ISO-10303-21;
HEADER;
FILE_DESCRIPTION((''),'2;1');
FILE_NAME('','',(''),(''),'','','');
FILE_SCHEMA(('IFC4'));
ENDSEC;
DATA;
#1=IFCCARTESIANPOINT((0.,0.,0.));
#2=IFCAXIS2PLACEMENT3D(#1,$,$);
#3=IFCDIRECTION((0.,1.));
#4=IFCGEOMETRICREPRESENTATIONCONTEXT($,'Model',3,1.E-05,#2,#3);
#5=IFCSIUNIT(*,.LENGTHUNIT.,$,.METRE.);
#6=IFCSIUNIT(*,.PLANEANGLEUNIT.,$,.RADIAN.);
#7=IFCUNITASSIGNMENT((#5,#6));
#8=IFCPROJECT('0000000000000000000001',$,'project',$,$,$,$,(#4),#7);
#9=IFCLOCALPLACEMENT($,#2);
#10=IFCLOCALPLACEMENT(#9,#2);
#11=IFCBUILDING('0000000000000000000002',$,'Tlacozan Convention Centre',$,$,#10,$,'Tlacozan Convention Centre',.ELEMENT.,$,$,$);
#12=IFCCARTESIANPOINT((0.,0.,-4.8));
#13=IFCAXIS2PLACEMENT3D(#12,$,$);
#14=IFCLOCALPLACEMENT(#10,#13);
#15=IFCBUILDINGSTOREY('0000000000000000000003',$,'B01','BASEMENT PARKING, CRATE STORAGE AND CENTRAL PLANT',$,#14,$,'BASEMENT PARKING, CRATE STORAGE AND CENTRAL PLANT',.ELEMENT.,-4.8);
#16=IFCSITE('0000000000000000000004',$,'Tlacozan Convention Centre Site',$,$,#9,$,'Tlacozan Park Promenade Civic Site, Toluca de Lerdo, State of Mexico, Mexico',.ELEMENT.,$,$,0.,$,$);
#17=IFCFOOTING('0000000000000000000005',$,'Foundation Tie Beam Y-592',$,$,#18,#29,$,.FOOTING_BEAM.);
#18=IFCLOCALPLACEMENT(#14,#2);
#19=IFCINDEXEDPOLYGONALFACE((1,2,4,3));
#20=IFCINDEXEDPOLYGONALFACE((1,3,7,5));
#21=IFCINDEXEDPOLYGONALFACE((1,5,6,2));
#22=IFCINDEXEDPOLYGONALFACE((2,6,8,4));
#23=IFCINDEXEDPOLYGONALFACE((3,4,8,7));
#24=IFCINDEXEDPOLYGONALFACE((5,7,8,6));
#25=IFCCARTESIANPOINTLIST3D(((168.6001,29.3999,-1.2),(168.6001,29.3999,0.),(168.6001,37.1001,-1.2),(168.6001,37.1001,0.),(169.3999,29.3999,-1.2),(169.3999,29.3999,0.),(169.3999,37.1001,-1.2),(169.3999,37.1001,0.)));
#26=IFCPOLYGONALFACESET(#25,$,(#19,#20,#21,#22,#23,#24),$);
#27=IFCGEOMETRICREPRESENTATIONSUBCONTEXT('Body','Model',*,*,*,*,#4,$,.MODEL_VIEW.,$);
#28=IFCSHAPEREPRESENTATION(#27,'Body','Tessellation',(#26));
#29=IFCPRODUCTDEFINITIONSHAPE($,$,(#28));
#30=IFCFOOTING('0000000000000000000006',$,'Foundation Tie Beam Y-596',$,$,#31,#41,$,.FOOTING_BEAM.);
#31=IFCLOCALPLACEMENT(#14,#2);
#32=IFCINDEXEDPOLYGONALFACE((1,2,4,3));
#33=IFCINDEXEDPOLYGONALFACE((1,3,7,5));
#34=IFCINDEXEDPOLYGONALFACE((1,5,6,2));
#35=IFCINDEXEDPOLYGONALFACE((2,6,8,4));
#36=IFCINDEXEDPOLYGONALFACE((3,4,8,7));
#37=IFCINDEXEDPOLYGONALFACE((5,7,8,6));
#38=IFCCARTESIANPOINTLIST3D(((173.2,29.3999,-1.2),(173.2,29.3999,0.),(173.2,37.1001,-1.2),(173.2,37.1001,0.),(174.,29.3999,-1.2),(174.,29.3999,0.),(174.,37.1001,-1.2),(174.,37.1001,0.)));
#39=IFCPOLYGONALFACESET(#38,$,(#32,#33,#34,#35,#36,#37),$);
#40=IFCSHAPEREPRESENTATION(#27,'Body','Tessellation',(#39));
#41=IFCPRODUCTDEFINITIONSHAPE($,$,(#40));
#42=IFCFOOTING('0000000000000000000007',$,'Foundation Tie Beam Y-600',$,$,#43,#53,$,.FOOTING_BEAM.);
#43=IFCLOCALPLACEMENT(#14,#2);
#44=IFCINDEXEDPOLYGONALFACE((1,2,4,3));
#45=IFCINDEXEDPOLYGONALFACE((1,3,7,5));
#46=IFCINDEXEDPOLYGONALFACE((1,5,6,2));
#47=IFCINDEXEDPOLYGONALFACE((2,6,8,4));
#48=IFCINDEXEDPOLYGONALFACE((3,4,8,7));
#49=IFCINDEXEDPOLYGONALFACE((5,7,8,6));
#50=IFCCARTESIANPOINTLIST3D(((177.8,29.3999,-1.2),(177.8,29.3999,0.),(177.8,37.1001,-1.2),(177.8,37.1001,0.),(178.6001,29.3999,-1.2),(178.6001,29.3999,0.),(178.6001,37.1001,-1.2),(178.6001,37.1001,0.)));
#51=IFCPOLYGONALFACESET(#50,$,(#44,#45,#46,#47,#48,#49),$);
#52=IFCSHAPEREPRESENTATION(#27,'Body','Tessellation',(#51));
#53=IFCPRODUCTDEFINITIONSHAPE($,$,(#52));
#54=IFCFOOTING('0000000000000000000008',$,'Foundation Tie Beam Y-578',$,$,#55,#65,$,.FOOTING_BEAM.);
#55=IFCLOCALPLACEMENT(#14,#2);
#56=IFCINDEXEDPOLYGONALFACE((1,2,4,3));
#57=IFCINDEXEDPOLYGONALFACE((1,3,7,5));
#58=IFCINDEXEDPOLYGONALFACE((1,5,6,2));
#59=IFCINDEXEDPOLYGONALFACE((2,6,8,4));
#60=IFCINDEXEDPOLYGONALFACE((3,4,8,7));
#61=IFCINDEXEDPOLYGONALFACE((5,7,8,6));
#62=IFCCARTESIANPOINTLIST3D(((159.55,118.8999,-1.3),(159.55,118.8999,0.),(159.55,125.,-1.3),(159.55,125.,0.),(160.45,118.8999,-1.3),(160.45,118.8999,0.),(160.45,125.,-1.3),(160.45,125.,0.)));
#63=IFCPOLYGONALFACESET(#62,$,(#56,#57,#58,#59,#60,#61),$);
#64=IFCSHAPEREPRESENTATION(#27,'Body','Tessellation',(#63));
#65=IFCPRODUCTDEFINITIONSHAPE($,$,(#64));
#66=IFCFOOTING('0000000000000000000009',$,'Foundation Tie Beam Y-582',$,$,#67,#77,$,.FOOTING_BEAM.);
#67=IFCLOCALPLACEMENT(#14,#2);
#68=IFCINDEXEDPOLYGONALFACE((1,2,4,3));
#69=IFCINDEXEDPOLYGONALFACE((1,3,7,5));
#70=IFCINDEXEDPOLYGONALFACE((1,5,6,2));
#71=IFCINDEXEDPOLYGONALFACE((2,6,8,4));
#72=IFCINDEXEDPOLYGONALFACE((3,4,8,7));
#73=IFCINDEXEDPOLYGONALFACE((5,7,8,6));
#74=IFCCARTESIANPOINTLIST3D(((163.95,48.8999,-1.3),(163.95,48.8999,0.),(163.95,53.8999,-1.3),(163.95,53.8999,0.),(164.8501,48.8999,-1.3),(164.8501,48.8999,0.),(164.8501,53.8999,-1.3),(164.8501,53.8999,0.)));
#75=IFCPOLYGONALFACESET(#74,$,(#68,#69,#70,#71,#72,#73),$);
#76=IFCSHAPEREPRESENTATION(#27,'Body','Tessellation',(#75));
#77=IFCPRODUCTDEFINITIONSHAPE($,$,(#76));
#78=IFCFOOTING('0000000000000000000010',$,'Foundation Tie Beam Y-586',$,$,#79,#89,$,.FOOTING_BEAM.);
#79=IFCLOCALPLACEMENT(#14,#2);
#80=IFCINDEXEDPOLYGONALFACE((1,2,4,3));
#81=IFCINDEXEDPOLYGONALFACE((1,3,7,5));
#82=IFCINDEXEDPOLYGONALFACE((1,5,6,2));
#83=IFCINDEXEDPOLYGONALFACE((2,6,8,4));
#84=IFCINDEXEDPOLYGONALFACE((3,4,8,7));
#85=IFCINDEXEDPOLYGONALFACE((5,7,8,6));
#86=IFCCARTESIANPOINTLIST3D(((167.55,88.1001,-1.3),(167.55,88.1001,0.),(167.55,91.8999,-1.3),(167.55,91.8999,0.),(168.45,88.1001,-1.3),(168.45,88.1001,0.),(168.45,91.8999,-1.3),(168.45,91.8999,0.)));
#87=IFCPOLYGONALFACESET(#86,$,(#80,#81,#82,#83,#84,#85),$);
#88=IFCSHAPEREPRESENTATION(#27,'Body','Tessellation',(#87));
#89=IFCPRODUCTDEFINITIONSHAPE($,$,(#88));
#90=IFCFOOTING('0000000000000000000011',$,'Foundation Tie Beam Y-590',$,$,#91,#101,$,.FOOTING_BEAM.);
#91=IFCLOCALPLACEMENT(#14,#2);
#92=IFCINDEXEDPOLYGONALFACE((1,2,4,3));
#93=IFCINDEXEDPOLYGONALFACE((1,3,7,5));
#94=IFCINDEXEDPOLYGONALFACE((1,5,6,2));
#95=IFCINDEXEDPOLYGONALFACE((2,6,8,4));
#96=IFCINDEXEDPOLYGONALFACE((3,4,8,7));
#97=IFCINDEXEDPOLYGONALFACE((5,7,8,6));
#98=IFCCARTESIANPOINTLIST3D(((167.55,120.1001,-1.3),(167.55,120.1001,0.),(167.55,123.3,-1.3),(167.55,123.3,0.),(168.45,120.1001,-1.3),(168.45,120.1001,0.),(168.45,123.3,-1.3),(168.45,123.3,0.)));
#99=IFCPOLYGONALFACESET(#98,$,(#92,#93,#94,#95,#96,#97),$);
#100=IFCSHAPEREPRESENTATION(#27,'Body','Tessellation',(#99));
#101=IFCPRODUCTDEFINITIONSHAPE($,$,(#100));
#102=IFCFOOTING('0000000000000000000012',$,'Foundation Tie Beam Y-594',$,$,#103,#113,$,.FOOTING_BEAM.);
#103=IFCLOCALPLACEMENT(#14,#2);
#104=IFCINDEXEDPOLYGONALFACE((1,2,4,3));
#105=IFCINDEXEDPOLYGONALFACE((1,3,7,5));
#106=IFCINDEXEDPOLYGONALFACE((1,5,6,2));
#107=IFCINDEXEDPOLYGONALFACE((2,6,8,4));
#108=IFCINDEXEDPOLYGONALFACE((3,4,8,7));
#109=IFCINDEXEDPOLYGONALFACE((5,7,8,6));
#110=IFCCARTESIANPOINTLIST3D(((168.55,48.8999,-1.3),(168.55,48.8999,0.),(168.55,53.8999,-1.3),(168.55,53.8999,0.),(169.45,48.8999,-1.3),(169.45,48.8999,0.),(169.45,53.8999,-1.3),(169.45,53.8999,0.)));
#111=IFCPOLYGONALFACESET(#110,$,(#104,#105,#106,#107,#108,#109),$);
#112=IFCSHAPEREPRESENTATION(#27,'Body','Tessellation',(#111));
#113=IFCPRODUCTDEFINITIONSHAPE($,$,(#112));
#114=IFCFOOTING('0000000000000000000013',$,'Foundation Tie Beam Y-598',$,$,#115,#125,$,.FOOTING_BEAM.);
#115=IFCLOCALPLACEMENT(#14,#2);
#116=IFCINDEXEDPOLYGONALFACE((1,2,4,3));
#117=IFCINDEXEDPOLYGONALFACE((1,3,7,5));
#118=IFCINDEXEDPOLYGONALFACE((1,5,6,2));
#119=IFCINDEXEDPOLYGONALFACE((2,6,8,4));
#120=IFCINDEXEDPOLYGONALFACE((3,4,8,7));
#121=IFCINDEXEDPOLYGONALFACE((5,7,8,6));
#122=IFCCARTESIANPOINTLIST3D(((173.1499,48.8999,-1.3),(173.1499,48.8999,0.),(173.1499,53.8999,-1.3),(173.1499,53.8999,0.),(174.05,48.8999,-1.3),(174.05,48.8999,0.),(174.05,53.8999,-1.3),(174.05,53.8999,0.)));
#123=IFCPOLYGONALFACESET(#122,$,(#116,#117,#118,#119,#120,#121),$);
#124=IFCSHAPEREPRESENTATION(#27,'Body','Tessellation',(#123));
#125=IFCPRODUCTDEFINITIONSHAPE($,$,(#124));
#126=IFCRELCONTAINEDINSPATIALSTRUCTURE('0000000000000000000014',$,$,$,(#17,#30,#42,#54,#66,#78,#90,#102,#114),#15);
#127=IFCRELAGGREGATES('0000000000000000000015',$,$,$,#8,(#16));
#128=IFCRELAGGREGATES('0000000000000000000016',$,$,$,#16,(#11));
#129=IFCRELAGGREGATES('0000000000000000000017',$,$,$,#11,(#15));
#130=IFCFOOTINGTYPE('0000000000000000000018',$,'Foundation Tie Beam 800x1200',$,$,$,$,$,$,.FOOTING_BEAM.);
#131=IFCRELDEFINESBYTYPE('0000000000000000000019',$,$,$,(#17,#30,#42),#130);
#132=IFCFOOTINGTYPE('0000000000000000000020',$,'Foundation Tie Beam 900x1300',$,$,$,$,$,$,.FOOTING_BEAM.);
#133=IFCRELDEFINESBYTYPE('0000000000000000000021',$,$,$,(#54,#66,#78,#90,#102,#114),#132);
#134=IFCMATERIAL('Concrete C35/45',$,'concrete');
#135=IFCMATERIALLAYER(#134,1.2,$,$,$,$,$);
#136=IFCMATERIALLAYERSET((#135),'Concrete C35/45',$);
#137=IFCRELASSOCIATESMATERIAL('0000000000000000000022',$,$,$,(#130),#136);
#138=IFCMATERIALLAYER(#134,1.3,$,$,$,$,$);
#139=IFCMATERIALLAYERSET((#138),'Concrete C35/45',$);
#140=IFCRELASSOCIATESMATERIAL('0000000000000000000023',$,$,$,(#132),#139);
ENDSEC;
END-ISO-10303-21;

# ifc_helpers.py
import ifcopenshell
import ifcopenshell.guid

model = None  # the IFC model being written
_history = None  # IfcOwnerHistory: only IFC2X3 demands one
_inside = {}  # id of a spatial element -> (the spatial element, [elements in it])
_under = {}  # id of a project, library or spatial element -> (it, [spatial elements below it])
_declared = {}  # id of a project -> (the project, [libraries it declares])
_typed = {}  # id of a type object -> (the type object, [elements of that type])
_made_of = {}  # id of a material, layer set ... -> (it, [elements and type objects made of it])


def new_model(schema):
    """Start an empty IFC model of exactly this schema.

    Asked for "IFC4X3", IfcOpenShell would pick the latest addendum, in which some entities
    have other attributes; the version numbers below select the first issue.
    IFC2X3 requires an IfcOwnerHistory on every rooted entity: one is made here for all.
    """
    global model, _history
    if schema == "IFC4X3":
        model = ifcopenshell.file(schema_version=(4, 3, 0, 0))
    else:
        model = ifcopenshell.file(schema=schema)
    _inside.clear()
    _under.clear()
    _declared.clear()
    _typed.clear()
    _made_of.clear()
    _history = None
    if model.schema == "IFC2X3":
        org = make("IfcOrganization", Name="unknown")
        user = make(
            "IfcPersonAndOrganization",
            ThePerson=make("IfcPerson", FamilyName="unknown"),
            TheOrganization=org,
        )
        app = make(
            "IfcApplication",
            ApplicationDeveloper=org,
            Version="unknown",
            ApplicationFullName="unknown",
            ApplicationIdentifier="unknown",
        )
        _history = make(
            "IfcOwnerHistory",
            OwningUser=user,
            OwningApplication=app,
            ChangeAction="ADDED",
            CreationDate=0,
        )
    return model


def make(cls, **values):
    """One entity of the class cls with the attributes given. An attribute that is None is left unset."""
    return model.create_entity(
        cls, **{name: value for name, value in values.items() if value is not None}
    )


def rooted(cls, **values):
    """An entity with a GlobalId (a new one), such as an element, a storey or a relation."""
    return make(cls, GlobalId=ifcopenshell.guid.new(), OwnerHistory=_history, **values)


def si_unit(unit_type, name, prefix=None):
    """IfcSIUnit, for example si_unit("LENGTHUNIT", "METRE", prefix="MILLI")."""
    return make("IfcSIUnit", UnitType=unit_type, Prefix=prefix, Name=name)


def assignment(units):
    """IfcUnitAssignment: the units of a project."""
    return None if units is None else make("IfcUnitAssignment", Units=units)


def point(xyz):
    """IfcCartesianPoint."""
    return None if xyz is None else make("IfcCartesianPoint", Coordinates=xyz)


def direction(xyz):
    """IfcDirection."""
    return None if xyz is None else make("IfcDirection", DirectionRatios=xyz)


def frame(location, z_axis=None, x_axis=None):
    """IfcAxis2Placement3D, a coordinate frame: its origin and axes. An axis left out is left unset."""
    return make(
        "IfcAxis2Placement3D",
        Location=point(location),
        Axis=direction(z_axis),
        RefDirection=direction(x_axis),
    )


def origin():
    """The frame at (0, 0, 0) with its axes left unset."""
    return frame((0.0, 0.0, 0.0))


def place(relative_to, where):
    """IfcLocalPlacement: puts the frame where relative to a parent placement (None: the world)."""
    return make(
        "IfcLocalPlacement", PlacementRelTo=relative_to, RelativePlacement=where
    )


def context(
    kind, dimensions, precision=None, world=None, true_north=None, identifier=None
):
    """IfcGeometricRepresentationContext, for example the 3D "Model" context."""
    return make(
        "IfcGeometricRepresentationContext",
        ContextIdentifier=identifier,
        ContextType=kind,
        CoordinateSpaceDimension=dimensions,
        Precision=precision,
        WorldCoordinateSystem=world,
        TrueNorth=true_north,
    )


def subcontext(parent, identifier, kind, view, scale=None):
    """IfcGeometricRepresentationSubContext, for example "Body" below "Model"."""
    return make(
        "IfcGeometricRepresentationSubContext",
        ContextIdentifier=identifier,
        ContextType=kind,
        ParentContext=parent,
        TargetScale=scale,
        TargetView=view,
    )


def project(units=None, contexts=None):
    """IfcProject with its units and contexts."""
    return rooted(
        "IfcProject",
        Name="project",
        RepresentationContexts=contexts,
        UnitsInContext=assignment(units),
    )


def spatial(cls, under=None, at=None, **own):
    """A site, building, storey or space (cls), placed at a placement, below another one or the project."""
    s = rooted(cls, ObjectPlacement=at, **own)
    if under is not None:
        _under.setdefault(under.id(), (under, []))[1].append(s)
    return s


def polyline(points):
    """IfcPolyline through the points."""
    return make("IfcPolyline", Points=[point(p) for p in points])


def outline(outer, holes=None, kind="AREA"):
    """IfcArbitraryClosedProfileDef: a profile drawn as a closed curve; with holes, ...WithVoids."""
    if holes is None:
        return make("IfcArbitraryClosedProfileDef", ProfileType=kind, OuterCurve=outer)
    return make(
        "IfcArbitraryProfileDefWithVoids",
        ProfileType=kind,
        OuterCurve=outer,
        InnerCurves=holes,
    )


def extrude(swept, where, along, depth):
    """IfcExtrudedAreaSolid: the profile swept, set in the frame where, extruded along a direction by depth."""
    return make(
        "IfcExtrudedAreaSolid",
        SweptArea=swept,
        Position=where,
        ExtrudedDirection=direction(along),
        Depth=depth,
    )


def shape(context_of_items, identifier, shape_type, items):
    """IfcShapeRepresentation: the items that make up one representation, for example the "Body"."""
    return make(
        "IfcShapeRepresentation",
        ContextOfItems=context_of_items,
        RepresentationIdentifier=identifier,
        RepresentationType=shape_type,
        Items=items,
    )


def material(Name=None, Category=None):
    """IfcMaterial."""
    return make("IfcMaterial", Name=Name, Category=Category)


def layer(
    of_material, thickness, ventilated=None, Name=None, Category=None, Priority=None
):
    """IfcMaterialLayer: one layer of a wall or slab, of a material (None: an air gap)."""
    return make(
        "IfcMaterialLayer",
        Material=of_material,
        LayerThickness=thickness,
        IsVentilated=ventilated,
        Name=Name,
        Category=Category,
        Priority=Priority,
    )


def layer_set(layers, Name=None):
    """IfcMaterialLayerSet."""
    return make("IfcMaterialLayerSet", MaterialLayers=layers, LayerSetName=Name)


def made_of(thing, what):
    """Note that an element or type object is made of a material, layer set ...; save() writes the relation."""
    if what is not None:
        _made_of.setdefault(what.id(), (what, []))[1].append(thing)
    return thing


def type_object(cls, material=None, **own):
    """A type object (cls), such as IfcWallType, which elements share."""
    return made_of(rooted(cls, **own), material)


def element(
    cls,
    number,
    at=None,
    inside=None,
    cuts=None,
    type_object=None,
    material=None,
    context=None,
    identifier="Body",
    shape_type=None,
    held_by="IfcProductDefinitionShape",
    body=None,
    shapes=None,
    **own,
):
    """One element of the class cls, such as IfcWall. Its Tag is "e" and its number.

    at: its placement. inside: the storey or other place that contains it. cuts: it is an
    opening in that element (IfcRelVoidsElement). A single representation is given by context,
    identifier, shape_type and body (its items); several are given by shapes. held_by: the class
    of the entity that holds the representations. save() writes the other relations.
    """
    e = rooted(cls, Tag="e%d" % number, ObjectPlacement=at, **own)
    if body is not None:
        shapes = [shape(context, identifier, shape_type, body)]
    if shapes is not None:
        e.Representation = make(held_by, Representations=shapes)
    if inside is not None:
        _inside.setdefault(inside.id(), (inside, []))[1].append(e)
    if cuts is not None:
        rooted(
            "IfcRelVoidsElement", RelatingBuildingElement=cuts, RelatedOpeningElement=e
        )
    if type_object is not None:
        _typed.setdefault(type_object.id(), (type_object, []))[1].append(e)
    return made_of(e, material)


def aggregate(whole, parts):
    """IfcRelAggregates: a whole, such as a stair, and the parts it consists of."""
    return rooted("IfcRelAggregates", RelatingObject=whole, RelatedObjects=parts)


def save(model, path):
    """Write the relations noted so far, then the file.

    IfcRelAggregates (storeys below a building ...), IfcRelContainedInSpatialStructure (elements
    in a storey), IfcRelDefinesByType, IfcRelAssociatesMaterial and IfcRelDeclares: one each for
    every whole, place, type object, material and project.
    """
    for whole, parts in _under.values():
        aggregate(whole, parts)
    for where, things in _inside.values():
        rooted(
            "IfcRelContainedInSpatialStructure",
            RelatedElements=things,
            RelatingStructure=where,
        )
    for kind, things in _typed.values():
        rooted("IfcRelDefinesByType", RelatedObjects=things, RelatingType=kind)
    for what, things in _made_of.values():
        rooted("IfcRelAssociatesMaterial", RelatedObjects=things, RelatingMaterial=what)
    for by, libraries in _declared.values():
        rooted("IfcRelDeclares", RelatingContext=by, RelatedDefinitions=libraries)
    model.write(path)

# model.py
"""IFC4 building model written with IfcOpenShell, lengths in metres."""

from ifc_helpers import new_model, si_unit, direction, frame, origin, place, context, subcontext, project, spatial, polyline, outline, extrude, material, layer, layer_set, type_object, element, save


model = new_model("IFC4")

# Units and contexts
model_context = context("Model", 3, precision=1e-05, world=origin(), true_north=direction((0.0, 1.0)))
body_context = subcontext(model_context, "Body", "Model", "MODEL_VIEW")
ifc_project = project(units=[si_unit("LENGTHUNIT", "METRE"), si_unit("PLANEANGLEUNIT", "RADIAN")], contexts=[model_context])

# Site, building, storey
site_placement = place(None, origin())
site = spatial("IfcSite", under=ifc_project, at=site_placement, Name="Tlacozan Convention Centre Site", LongName="Tlacozan Park Promenade Civic Site, Toluca de Lerdo, State of Mexico, Mexico", CompositionType="ELEMENT", RefElevation=0.0)
building_placement = place(site_placement, origin())
building = spatial("IfcBuilding", under=site, at=building_placement, Name="Tlacozan Convention Centre", LongName="Tlacozan Convention Centre", CompositionType="ELEMENT")
storey_placement = place(building_placement, frame((0.0, 0.0, -4.8)))
storey = spatial("IfcBuildingStorey", under=building, at=storey_placement, Name="B01", Description="BASEMENT PARKING, CRATE STORAGE AND CENTRAL PLANT", LongName="BASEMENT PARKING, CRATE STORAGE AND CENTRAL PLANT", CompositionType="ELEMENT", Elevation=-4.8)

# Footings
ifc_material = material(Name="Concrete C35/45", Category="concrete")
ifc_layer_1 = layer(ifc_material, 1.2)
ifc_layer_set_1 = layer_set([ifc_layer_1], Name="Concrete C35/45")
footing_type_1 = type_object("IfcFootingType", Name="Foundation Tie Beam 800x1200", PredefinedType="FOOTING_BEAM", material=ifc_layer_set_1)
footing_1_placement = place(storey_placement, frame((0.0, 0.0, -1.2)))
element("IfcFooting", 1, at=footing_1_placement, inside=storey, type_object=footing_type_1, Name="Foundation Tie Beam Y-592", PredefinedType="FOOTING_BEAM", context=body_context, shape_type="SweptSolid", body=[
    extrude(outline(polyline([(168.6001, 29.3999), (169.3999, 29.3999), (169.3999, 37.1001), (168.6001, 37.1001), (168.6001, 29.3999)])), origin(), (0.0, 0.0, 1.0), 1.2),
])
footing_2_placement = place(storey_placement, frame((0.0, 0.0, -1.2)))
element("IfcFooting", 2, at=footing_2_placement, inside=storey, type_object=footing_type_1, Name="Foundation Tie Beam Y-596", PredefinedType="FOOTING_BEAM", context=body_context, shape_type="SweptSolid", body=[
    extrude(outline(polyline([(173.2, 29.3999), (174.0, 29.3999), (174.0, 37.1001), (173.2, 37.1001), (173.2, 29.3999)])), origin(), (0.0, 0.0, 1.0), 1.2),
])
footing_3_placement = place(storey_placement, frame((0.0, 0.0, -1.2)))
element("IfcFooting", 3, at=footing_3_placement, inside=storey, type_object=footing_type_1, Name="Foundation Tie Beam Y-600", PredefinedType="FOOTING_BEAM", context=body_context, shape_type="SweptSolid", body=[
    extrude(outline(polyline([(177.8, 29.3999), (178.6001, 29.3999), (178.6001, 37.1001), (177.8, 37.1001), (177.8, 29.3999)])), origin(), (0.0, 0.0, 1.0), 1.2),
])
ifc_layer_2 = layer(ifc_material, 1.3)
ifc_layer_set_2 = layer_set([ifc_layer_2], Name="Concrete C35/45")
footing_type_2 = type_object("IfcFootingType", Name="Foundation Tie Beam 900x1300", PredefinedType="FOOTING_BEAM", material=ifc_layer_set_2)
footing_4_placement = place(storey_placement, frame((0.0, 0.0, -1.3)))
element("IfcFooting", 4, at=footing_4_placement, inside=storey, type_object=footing_type_2, Name="Foundation Tie Beam Y-578", PredefinedType="FOOTING_BEAM", context=body_context, shape_type="SweptSolid", body=[
    extrude(outline(polyline([(159.55, 118.8999), (160.45, 118.8999), (160.45, 125.0), (159.55, 125.0), (159.55, 118.8999)])), origin(), (0.0, 0.0, 1.0), 1.3),
])
footing_5_placement = place(storey_placement, frame((0.0, 0.0, -1.3)))
element("IfcFooting", 5, at=footing_5_placement, inside=storey, type_object=footing_type_2, Name="Foundation Tie Beam Y-582", PredefinedType="FOOTING_BEAM", context=body_context, shape_type="SweptSolid", body=[
    extrude(outline(polyline([(163.95, 48.8999), (164.8501, 48.8999), (164.8501, 53.8999), (163.95, 53.8999), (163.95, 48.8999)])), origin(), (0.0, 0.0, 1.0), 1.3),
])
footing_6_placement = place(storey_placement, frame((0.0, 0.0, -1.3)))
element("IfcFooting", 6, at=footing_6_placement, inside=storey, type_object=footing_type_2, Name="Foundation Tie Beam Y-586", PredefinedType="FOOTING_BEAM", context=body_context, shape_type="SweptSolid", body=[
    extrude(outline(polyline([(167.55, 88.1001), (168.45, 88.1001), (168.45, 91.8999), (167.55, 91.8999), (167.55, 88.1001)])), origin(), (0.0, 0.0, 1.0), 1.3),
])
footing_7_placement = place(storey_placement, frame((0.0, 0.0, -1.3)))
element("IfcFooting", 7, at=footing_7_placement, inside=storey, type_object=footing_type_2, Name="Foundation Tie Beam Y-590", PredefinedType="FOOTING_BEAM", context=body_context, shape_type="SweptSolid", body=[
    extrude(outline(polyline([(167.55, 120.1001), (168.45, 120.1001), (168.45, 123.3), (167.55, 123.3), (167.55, 120.1001)])), origin(), (0.0, 0.0, 1.0), 1.3),
])
footing_8_placement = place(storey_placement, frame((0.0, 0.0, -1.3)))
element("IfcFooting", 8, at=footing_8_placement, inside=storey, type_object=footing_type_2, Name="Foundation Tie Beam Y-594", PredefinedType="FOOTING_BEAM", context=body_context, shape_type="SweptSolid", body=[
    extrude(outline(polyline([(168.55, 48.8999), (169.45, 48.8999), (169.45, 53.8999), (168.55, 53.8999), (168.55, 48.8999)])), origin(), (0.0, 0.0, 1.0), 1.3),
])
footing_9_placement = place(storey_placement, frame((0.0, 0.0, -1.3)))
element("IfcFooting", 9, at=footing_9_placement, inside=storey, type_object=footing_type_2, Name="Foundation Tie Beam Y-598", PredefinedType="FOOTING_BEAM", context=body_context, shape_type="SweptSolid", body=[
    extrude(outline(polyline([(173.1499, 48.8999), (174.05, 48.8999), (174.05, 53.8999), (173.1499, 53.8999), (173.1499, 48.8999)])), origin(), (0.0, 0.0, 1.0), 1.3),
])

save(model, "model.ifc")
